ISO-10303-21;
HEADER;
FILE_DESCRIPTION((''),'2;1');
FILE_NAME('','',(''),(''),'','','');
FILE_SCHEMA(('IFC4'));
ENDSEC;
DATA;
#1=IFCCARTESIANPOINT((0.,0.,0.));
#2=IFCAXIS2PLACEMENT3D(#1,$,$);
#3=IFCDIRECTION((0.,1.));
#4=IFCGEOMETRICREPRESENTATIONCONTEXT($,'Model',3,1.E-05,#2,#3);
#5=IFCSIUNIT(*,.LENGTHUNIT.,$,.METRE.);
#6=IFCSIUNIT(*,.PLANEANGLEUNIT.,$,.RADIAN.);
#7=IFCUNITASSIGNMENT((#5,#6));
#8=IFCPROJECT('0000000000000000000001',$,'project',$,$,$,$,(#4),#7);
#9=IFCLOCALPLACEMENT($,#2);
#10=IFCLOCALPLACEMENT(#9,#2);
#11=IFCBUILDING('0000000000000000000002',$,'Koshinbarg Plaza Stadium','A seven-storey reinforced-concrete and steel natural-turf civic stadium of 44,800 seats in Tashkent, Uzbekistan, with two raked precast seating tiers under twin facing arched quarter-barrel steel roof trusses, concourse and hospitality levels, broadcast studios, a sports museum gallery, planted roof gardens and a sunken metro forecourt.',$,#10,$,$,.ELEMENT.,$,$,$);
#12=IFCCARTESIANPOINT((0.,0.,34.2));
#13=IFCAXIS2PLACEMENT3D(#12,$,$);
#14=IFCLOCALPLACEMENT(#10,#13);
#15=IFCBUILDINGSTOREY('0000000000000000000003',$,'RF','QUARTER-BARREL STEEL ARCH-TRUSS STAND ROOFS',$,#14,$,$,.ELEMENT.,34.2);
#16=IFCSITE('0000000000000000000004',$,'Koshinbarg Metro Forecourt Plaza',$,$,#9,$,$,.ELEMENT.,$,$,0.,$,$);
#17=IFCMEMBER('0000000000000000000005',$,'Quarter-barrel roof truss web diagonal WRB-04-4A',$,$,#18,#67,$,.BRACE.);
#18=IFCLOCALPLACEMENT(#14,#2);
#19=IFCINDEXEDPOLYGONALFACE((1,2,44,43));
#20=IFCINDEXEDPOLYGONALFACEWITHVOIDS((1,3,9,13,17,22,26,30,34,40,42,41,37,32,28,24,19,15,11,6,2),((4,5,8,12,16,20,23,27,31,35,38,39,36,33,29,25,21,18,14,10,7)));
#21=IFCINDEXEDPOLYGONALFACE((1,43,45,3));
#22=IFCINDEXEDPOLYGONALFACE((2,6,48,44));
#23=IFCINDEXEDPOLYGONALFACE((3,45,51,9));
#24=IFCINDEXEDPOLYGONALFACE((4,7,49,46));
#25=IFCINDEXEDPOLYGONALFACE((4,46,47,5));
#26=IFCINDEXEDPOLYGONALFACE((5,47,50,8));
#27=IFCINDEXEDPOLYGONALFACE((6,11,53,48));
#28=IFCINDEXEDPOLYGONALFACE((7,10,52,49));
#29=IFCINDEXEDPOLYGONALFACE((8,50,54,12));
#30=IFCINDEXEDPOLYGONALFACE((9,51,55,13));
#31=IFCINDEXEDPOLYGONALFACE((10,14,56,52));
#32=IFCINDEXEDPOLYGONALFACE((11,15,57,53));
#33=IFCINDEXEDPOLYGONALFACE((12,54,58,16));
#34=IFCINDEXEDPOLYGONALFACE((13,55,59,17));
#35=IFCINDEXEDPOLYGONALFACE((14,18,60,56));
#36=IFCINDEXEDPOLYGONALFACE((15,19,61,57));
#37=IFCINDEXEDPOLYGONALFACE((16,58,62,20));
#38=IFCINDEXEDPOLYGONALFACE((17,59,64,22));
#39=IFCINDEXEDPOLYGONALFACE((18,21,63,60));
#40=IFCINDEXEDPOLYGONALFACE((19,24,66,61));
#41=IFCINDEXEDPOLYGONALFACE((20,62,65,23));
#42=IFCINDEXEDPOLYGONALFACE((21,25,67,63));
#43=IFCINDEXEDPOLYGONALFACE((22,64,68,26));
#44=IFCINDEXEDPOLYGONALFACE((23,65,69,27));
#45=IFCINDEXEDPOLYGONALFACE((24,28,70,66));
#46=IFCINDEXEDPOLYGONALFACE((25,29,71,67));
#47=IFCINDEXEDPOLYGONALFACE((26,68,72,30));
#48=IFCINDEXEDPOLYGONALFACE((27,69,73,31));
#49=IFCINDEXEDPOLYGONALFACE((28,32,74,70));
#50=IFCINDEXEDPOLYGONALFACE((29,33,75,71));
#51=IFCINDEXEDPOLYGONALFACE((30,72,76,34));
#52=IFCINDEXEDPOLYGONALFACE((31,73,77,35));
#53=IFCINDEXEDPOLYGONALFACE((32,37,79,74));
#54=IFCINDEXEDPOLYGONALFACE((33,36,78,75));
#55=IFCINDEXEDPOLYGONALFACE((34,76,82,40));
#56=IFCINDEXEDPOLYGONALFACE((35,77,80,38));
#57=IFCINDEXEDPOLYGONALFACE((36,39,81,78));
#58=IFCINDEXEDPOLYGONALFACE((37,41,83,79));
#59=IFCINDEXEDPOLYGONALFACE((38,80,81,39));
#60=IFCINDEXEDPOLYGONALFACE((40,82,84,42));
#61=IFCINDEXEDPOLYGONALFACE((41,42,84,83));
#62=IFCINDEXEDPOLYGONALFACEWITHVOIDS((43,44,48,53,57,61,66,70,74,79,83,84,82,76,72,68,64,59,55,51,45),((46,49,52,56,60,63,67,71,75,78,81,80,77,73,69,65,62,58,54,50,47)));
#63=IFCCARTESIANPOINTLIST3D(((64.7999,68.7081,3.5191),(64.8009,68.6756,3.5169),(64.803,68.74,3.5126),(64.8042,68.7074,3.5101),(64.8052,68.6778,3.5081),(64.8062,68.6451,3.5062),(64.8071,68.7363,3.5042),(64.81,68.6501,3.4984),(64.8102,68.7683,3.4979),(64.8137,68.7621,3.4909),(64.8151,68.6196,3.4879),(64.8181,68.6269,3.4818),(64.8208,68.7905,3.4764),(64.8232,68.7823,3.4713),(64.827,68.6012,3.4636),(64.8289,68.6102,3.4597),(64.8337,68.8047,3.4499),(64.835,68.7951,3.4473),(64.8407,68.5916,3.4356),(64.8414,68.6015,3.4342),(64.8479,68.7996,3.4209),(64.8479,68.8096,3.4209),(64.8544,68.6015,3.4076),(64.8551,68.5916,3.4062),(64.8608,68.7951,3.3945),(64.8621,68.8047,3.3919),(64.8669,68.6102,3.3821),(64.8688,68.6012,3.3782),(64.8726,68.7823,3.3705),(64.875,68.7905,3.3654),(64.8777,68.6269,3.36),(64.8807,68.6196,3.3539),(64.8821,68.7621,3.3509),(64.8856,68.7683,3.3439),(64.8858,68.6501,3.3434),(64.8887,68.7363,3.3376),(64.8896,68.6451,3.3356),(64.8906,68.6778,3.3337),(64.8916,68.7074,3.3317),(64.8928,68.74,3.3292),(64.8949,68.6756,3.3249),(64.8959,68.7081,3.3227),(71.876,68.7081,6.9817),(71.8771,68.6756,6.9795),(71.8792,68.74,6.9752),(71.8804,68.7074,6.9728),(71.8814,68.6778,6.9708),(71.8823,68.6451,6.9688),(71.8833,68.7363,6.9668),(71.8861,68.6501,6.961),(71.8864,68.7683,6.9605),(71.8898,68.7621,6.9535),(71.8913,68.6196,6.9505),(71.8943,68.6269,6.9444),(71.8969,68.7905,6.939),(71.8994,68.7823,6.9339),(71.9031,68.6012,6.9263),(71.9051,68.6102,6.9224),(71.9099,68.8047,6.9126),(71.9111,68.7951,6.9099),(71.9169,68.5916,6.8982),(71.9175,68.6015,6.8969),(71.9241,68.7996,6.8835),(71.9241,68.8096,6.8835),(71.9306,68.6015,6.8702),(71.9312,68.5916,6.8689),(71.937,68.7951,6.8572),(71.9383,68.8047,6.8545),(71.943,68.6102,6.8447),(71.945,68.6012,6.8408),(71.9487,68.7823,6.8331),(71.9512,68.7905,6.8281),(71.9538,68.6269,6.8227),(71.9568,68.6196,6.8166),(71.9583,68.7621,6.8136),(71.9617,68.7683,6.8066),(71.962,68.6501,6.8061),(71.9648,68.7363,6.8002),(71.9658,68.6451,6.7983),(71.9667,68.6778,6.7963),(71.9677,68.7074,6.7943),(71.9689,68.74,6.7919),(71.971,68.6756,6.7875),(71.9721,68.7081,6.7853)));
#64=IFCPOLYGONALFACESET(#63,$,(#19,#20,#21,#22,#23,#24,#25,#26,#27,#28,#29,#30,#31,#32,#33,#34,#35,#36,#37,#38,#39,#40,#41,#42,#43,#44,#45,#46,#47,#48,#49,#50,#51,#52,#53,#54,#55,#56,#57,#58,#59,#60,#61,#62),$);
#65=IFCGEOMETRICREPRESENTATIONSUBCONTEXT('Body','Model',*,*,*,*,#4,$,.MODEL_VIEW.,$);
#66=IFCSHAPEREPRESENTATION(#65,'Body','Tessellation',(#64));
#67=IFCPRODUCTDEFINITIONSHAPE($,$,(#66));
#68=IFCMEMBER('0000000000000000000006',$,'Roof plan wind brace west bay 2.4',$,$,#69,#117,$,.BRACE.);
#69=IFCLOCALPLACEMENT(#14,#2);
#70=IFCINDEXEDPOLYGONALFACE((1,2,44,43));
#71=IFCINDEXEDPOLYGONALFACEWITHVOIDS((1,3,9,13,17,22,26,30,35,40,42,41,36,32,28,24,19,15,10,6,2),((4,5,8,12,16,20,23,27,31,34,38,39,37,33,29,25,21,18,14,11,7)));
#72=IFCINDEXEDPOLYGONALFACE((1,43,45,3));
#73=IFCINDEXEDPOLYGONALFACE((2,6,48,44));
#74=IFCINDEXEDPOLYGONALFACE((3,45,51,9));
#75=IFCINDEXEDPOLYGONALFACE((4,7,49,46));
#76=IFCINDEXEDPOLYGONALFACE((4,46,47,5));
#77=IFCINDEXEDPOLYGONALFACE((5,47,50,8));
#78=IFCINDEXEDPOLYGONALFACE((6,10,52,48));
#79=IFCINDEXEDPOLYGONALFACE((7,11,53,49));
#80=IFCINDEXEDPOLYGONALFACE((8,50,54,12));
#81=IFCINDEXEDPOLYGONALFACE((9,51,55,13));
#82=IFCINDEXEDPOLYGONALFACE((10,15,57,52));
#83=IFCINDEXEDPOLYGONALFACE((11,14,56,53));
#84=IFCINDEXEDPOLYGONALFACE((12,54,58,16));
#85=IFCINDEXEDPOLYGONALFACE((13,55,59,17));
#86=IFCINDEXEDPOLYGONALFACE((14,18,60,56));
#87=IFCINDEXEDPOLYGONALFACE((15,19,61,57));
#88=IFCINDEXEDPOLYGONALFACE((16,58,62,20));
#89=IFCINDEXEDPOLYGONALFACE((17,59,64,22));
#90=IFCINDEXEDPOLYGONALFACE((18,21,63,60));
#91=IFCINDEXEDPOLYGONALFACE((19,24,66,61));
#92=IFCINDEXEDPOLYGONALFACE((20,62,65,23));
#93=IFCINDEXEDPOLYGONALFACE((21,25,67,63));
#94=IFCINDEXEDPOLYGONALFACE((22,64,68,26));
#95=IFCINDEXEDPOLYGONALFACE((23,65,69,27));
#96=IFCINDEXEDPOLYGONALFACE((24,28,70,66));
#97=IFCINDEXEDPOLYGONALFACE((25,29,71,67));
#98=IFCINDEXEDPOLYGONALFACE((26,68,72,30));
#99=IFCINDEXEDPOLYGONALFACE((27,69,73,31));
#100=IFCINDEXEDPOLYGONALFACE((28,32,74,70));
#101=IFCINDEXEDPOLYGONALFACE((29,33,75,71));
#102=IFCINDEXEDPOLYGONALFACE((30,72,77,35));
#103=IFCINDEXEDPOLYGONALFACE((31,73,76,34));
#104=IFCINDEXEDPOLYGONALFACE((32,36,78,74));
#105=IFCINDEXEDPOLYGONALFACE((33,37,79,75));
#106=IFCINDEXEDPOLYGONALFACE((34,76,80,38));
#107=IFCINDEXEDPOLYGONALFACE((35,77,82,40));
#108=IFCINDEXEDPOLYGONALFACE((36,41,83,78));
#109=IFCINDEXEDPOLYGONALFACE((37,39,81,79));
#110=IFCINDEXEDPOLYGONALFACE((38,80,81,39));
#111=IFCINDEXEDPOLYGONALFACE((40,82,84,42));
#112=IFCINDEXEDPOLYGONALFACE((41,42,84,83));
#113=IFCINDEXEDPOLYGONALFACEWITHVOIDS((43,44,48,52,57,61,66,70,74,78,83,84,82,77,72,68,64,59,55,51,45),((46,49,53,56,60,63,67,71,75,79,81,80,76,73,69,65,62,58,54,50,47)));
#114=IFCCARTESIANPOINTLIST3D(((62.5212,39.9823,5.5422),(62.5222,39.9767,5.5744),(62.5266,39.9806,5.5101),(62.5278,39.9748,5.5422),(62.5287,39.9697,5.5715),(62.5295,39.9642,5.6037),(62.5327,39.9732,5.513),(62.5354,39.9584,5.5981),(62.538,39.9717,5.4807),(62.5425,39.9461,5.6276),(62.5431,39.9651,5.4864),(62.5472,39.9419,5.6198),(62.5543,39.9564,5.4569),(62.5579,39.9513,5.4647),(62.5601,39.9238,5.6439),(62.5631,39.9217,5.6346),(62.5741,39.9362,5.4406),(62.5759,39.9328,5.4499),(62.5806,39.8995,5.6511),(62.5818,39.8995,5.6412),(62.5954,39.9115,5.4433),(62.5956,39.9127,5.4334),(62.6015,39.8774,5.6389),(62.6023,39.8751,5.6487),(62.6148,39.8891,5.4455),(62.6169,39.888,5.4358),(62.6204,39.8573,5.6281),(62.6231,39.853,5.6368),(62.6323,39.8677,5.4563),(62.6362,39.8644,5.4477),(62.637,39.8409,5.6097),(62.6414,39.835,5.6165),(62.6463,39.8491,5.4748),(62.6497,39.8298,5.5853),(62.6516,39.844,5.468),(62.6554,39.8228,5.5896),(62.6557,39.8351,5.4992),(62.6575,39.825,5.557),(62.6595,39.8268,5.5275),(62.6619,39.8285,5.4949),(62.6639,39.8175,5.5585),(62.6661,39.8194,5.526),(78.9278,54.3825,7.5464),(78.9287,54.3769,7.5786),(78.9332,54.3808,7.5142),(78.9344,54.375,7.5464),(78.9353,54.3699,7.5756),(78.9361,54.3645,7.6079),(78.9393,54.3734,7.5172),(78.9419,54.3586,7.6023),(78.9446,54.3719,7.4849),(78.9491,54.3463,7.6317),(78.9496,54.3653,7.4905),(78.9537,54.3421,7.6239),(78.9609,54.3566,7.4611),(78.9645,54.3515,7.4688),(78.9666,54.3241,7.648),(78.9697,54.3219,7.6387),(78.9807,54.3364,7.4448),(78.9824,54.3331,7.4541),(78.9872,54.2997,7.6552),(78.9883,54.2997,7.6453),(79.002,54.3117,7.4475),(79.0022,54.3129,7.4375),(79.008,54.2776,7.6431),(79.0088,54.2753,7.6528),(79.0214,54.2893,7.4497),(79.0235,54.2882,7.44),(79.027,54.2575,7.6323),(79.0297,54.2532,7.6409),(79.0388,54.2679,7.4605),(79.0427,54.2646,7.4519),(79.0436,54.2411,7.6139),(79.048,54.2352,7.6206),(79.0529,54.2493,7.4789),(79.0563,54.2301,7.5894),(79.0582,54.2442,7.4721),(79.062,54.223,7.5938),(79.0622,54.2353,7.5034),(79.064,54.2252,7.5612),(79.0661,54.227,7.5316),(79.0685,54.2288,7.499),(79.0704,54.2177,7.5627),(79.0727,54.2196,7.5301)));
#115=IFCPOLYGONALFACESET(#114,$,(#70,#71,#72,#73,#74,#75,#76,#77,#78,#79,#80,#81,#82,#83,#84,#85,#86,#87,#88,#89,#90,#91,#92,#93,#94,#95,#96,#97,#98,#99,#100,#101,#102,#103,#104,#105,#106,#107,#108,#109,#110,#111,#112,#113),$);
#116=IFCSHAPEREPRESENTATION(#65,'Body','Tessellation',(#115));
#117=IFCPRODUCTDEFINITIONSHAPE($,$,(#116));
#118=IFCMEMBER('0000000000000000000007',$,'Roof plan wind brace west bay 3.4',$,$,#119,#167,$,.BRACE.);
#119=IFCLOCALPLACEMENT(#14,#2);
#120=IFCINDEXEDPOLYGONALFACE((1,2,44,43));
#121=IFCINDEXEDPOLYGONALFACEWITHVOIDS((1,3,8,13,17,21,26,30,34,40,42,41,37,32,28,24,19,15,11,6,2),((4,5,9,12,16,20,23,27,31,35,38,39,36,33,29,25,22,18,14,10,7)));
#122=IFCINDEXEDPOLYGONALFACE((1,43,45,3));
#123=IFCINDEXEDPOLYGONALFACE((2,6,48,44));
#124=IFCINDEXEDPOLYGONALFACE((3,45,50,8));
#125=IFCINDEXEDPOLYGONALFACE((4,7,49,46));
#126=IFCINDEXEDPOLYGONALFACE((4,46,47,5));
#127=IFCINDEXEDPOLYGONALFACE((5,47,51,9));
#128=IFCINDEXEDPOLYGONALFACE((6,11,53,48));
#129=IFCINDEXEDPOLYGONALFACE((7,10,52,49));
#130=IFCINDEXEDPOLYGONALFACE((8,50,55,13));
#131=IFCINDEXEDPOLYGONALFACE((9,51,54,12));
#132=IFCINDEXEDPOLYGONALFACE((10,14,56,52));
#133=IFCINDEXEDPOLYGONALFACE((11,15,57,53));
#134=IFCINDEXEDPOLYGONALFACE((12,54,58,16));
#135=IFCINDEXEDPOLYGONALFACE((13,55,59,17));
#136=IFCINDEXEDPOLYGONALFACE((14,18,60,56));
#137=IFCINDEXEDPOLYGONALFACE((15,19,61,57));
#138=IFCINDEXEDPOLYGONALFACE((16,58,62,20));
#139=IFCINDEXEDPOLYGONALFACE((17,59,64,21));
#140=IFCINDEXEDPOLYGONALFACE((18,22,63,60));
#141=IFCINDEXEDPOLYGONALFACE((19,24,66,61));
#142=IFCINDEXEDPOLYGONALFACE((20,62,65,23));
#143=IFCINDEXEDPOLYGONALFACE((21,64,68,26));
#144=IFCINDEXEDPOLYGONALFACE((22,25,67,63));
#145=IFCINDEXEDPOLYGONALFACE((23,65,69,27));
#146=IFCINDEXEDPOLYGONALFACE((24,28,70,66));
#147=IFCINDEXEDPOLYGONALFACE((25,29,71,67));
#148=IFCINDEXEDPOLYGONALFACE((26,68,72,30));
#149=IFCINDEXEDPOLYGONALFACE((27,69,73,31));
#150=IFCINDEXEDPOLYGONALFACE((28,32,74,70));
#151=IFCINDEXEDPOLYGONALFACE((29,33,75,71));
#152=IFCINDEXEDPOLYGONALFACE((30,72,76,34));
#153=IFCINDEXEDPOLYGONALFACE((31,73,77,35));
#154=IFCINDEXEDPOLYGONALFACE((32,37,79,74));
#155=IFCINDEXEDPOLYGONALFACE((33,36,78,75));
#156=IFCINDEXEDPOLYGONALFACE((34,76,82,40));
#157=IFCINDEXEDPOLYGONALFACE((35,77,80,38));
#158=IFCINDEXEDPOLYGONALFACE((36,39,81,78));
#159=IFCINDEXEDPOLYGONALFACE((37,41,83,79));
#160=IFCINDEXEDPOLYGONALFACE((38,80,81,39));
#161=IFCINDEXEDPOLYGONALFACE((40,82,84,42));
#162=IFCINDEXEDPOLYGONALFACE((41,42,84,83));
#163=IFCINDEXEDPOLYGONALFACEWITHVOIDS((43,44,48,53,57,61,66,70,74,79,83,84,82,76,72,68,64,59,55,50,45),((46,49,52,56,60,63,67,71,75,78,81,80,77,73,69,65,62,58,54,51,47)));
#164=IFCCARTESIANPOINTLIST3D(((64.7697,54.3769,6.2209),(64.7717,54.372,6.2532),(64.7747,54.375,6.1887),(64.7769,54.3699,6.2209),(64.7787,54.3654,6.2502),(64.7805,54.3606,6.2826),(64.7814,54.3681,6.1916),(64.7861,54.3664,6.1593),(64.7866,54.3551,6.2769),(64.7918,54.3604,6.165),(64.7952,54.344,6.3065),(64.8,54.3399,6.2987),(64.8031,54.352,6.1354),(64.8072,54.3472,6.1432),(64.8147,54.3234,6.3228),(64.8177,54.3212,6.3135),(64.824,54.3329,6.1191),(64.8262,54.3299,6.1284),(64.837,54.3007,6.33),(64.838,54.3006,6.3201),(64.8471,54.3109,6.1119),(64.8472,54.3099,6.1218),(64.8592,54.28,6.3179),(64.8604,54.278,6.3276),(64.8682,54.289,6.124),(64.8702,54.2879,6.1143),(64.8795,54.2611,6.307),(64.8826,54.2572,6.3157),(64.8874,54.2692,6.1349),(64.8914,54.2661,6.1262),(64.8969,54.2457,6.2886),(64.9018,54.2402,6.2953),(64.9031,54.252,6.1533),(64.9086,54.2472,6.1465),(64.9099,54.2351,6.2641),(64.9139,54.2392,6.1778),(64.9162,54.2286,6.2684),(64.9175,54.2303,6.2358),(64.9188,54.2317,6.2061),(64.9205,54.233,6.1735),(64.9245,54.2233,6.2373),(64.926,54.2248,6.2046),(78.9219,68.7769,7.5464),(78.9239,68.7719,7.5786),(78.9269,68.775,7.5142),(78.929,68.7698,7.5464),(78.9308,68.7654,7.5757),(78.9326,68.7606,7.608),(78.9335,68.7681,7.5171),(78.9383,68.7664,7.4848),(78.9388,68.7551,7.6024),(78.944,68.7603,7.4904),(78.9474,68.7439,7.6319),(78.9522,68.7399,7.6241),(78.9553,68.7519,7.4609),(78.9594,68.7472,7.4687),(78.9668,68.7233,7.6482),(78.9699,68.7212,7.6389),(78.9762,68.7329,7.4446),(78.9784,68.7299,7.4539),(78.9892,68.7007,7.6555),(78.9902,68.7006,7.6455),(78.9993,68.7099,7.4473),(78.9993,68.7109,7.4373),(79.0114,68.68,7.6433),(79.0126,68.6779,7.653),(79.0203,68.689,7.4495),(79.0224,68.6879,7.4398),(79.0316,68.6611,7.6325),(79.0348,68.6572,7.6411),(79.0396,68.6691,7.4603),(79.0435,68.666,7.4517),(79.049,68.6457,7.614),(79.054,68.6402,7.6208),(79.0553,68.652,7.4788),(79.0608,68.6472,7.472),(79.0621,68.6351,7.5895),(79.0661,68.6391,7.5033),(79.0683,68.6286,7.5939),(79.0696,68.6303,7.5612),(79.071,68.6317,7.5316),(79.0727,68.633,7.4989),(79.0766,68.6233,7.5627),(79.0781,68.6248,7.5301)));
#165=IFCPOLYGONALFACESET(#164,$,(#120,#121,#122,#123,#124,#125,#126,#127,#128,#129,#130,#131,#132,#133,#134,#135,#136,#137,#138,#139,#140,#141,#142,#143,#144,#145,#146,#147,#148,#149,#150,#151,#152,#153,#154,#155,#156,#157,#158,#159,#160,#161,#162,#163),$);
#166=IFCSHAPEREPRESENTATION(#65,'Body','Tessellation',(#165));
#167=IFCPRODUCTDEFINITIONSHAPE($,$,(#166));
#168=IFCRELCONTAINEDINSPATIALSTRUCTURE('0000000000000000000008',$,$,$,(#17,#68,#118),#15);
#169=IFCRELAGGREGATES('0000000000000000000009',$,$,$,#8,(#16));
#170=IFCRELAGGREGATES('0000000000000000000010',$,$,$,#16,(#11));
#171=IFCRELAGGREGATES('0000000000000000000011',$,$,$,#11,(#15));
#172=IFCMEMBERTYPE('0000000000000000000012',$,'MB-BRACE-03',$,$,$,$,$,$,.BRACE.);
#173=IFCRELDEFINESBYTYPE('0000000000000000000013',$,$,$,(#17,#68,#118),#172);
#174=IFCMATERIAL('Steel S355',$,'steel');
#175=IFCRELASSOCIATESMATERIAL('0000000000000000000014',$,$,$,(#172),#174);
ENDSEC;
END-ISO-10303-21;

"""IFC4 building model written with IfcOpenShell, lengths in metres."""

from ifc_helpers import new_model, si_unit, direction, frame, origin, origin_2d, place, context, subcontext, project, spatial, hollow_circle, extrude, material, material_profile, profile_set, type_object, element, save


model = new_model("IFC4")

# Units and contexts
model_context = context("Model", 3, precision=1e-05, world=origin(), true_north=direction((0.0, 1.0)))
body_context = subcontext(model_context, "Body", "Model", "MODEL_VIEW")
ifc_project = project(units=[si_unit("LENGTHUNIT", "METRE"), si_unit("PLANEANGLEUNIT", "RADIAN")], contexts=[model_context])

# Site, building, storey
site_placement = place(None, origin())
site = spatial("IfcSite", under=ifc_project, at=site_placement, Name="Koshinbarg Metro Forecourt Plaza", CompositionType="ELEMENT", RefElevation=0.0)
building_placement = place(site_placement, origin())
building = spatial("IfcBuilding", under=site, at=building_placement, Name="Koshinbarg Plaza Stadium", Description="A seven-storey reinforced-concrete and steel natural-turf civic stadium of 44,800 seats in Tashkent, Uzbekistan, with two raked precast seating tiers under twin facing arched quarter-barrel steel roof trusses, concourse and hospitality levels, broadcast studios, a sports museum gallery, planted roof gardens and a sunken metro forecourt.", CompositionType="ELEMENT")
storey_placement = place(building_placement, frame((0.0, 0.0, 34.2)))
storey = spatial("IfcBuildingStorey", under=building, at=storey_placement, Name="RF", Description="QUARTER-BARREL STEEL ARCH-TRUSS STAND ROOFS", CompositionType="ELEMENT", Elevation=34.2)

# Members
ifc_material_1 = material(Name="Steel S355", Category="steel")
ifc_material_profile_1 = material_profile(ifc_material_1, hollow_circle(Radius=0.1096, WallThickness=0.01, at=origin_2d()), Name="CHS 219.1x10")
ifc_profile_set_1 = profile_set([ifc_material_profile_1], Name="Steel S355")
member_type_1 = type_object("IfcMemberType", Name="MB-BRACE-03", PredefinedType="BRACE", material=ifc_profile_set_1)
member_1_placement = place(storey_placement, frame((64.8479, 68.7, 3.4209), z_axis=(0.898225, 0.0, 0.439536), x_axis=(0.0, 1.0, 0.0)))
element("IfcMember", 1, at=member_1_placement, inside=storey, type_object=member_type_1, Name="Quarter-barrel roof truss web diagonal WRB-04-4A", PredefinedType="BRACE", context=body_context, shape_type="SweptSolid", body=[
    extrude(hollow_circle(Radius=0.1096, WallThickness=0.01, at=origin_2d()), origin(), (0.0, 0.0, 1.0), 7.8779),
])
member_2_placement = place(storey_placement, frame((62.5935, 39.8999, 5.5422), z_axis=(0.748419, 0.656895, 0.091424), x_axis=(-0.659657, 0.751566, 0.0)))
element("IfcMember", 2, at=member_2_placement, inside=storey, type_object=member_type_1, Name="Roof plan wind brace west bay 2.4", PredefinedType="BRACE", context=body_context, shape_type="SweptSolid", body=[
    extrude(hollow_circle(Radius=0.1096, WallThickness=0.01, at=origin_2d()), origin(), (0.0, 0.0, 1.0), 21.9216),
])
member_3_placement = place(storey_placement, frame((64.8479, 54.3, 6.2209), z_axis=(0.699438, 0.711685, 0.065507), x_axis=(-0.713217, 0.700943, 0.0)))
element("IfcMember", 3, at=member_3_placement, inside=storey, type_object=member_type_1, Name="Roof plan wind brace west bay 3.4", PredefinedType="BRACE", context=body_context, shape_type="SweptSolid", body=[
    extrude(hollow_circle(Radius=0.1096, WallThickness=0.01, at=origin_2d()), origin(), (0.0, 0.0, 1.0), 20.2336),
])

save(model, "model.ifc")
